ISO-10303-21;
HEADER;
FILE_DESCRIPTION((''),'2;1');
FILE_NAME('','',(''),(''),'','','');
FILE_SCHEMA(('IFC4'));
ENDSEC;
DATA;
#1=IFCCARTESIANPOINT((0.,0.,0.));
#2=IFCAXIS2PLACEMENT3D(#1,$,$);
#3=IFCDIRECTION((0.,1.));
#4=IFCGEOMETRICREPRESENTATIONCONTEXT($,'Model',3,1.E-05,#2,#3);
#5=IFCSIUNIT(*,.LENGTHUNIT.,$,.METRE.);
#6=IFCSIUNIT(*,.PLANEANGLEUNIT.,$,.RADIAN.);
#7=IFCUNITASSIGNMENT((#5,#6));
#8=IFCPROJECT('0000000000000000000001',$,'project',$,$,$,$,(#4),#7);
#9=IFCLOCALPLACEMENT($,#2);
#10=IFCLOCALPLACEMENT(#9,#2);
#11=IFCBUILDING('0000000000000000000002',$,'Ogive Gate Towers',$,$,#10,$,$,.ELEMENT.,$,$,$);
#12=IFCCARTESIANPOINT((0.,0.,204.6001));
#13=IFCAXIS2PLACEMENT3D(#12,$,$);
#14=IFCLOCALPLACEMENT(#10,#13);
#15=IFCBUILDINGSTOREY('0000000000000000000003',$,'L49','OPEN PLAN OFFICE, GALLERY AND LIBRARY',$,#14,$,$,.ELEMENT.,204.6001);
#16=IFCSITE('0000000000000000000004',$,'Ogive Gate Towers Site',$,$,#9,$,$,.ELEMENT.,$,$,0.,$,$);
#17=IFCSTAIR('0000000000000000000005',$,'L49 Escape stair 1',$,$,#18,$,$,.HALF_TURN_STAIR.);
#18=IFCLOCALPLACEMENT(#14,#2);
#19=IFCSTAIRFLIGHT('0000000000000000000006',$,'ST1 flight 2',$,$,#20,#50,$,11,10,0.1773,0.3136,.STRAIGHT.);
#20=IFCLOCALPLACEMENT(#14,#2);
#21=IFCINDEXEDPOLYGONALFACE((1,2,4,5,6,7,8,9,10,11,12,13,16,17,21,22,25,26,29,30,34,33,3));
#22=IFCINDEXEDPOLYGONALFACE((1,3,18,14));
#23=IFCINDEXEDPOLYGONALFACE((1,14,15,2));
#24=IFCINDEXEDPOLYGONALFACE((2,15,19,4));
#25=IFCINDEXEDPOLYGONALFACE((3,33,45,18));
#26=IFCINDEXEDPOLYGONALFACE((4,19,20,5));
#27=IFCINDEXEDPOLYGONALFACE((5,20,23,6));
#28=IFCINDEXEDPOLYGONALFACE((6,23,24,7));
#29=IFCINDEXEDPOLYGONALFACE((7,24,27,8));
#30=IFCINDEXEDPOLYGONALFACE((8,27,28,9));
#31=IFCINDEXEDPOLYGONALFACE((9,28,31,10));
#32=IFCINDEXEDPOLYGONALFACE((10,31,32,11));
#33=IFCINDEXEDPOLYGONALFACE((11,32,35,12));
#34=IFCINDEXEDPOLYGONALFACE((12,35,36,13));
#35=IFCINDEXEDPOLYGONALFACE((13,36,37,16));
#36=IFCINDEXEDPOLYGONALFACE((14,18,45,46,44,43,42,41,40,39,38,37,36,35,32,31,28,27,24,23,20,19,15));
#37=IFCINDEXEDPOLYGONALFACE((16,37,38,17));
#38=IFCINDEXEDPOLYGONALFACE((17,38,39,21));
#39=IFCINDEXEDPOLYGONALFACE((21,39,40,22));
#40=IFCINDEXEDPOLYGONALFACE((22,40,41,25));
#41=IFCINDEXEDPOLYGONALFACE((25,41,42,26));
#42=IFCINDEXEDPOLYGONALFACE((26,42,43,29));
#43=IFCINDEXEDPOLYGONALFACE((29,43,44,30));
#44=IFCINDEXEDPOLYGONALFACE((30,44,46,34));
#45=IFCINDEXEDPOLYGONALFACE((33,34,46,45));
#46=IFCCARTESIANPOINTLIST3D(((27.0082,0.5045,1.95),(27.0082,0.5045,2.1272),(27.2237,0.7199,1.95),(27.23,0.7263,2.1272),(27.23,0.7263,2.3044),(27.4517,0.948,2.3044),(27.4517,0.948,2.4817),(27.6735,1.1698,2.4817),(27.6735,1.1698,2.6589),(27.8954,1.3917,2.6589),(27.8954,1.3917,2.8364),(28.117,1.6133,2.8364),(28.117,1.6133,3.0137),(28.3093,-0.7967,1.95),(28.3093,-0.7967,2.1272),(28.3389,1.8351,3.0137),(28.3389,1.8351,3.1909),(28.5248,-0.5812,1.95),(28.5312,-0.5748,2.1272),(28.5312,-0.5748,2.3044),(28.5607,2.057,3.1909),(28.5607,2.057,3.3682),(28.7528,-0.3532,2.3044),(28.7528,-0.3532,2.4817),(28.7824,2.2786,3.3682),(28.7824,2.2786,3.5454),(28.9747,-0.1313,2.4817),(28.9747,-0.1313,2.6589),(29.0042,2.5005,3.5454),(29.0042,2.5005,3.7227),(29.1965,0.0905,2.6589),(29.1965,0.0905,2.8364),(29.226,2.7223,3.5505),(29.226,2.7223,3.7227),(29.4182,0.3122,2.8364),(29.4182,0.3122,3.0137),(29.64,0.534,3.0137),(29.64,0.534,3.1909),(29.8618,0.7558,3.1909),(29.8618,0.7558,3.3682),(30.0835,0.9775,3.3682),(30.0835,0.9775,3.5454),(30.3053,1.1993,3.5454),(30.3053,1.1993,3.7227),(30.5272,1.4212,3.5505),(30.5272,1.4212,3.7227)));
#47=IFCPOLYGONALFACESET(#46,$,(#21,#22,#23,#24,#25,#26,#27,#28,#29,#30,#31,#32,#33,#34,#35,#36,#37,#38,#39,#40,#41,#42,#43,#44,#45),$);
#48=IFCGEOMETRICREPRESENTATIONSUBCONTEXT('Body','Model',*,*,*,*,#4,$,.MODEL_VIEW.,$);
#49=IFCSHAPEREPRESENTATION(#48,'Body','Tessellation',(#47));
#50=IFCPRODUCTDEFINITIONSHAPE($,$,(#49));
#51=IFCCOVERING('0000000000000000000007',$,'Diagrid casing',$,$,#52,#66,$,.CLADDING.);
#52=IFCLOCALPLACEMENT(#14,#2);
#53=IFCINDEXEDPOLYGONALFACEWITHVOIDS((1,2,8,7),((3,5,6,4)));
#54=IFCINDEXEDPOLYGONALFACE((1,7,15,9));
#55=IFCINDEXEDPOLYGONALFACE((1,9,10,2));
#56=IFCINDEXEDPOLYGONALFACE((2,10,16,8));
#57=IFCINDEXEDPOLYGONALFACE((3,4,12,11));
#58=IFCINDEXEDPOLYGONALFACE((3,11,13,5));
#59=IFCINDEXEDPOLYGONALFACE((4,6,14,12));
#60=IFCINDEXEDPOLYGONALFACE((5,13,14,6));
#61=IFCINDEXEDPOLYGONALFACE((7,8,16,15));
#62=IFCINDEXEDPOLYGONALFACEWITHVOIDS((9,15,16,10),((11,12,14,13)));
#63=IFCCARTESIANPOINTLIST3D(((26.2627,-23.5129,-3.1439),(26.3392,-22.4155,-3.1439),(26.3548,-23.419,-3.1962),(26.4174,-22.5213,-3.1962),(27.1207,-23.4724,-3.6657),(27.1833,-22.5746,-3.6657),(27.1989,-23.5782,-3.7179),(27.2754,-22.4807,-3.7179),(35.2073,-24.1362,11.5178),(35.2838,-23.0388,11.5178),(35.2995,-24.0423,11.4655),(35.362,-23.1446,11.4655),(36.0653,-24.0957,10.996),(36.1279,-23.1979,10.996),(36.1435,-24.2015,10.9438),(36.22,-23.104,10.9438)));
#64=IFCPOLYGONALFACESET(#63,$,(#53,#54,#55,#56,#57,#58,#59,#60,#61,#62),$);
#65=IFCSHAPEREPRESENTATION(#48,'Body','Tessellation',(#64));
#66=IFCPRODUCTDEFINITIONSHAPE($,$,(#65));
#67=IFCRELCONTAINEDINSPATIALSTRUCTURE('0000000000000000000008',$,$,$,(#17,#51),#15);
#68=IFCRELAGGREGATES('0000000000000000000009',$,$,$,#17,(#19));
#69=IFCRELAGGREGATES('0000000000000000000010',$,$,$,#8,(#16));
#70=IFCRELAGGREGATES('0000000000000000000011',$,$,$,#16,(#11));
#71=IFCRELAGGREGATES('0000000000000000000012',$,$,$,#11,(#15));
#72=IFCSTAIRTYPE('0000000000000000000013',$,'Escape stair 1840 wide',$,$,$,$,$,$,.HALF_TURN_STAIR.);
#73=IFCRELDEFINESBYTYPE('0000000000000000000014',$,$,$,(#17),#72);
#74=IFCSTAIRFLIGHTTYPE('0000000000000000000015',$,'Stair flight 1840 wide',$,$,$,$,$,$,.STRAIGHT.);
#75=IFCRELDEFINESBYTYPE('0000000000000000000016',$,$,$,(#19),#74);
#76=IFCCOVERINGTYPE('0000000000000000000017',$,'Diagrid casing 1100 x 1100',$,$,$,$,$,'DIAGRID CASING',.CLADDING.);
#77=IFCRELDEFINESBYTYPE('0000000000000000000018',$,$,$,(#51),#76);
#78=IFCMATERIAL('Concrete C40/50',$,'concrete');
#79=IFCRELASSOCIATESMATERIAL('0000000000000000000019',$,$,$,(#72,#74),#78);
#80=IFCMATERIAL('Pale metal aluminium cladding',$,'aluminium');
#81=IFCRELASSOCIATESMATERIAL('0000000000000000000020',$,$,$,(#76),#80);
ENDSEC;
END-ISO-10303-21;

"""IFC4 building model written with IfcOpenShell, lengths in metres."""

from ifc_helpers import new_model, si_unit, direction, frame, origin, origin_2d, place, context, subcontext, project, spatial, polyline, hollow_rectangle, outline, extrude, material, material_profile, profile_set, type_object, element, aggregate, save


model = new_model("IFC4")

# Units and contexts
model_context = context("Model", 3, precision=1e-05, world=origin(), true_north=direction((0.0, 1.0)))
body_context = subcontext(model_context, "Body", "Model", "MODEL_VIEW")
ifc_project = project(units=[si_unit("LENGTHUNIT", "METRE"), si_unit("PLANEANGLEUNIT", "RADIAN")], contexts=[model_context])

# Site, building, storey
site_placement = place(None, origin())
site = spatial("IfcSite", under=ifc_project, at=site_placement, Name="Ogive Gate Towers Site", CompositionType="ELEMENT", RefElevation=0.0)
building_placement = place(site_placement, origin())
building = spatial("IfcBuilding", under=site, at=building_placement, Name="Ogive Gate Towers", CompositionType="ELEMENT")
storey_placement = place(building_placement, frame((0.0, 0.0, 204.6001)))
storey = spatial("IfcBuildingStorey", under=building, at=storey_placement, Name="L49", Description="OPEN PLAN OFFICE, GALLERY AND LIBRARY", CompositionType="ELEMENT", Elevation=204.6001)

# Stair, stair flight
ifc_material_1 = material(Name="Concrete C40/50", Category="concrete")
stair_type = type_object("IfcStairType", Name="Escape stair 1840 wide", PredefinedType="HALF_TURN_STAIR", material=ifc_material_1)
stair_placement = place(storey_placement, origin())
stair = element("IfcStair", 1, at=stair_placement, inside=storey, type_object=stair_type, Name="L49 Escape stair 1", PredefinedType="HALF_TURN_STAIR")
stair_flight_type = type_object("IfcStairFlightType", Name="Stair flight 1840 wide", PredefinedType="STRAIGHT", material=ifc_material_1)
stair_flight_placement = place(storey_placement, frame((27.6587, -0.146, 1.95), z_axis=(0.0, 0.0, 1.0), x_axis=(0.707107, 0.707107, 0.0)))
stair_flight = element("IfcStairFlight", 2, at=stair_flight_placement, type_object=stair_flight_type, Name="ST1 flight 2", NumberOfRisers=11, NumberOfTreads=10, PredefinedType="STRAIGHT", RiserHeight=0.1773, TreadLength=0.3136, context=body_context, shape_type="SweptSolid", body=[
    extrude(outline(polyline([(0.0, 0.0), (0.0, 0.1772), (0.3137, 0.1772), (0.3137, 0.3545), (0.6272, 0.3545), (0.6272, 0.5317), (0.9409, 0.5317), (0.9409, 0.709), (1.2546, 0.709), (1.2546, 0.8865), (1.5681, 0.8865), (1.5681, 1.0637), (1.8818, 1.0637), (1.8818, 1.241), (2.1956, 1.241), (2.1956, 1.4182), (2.509, 1.4182), (2.509, 1.5955), (2.8228, 1.5955), (2.8228, 1.7727), (3.1365, 1.7727), (3.1365, 1.95), (3.1365, 1.6006), (0.3047, 0.0), (0.0, 0.0)])), frame((0.0, 0.9199, 0.0), z_axis=(0.0, -1.0, 0.0), x_axis=(1.0, 0.0, 0.0)), (0.0, 0.0, 1.0), 1.8401),
])
aggregate(stair, [stair_flight])

# Covering
ifc_material_2 = material(Name="Pale metal aluminium cladding", Category="aluminium")
ifc_material_profile_1 = material_profile(ifc_material_2, hollow_rectangle(XDim=1.1001, YDim=1.1001, WallThickness=0.1001, at=origin_2d()), Name="1100 x 1100 pale metal casing")
ifc_profile_set_1 = profile_set([ifc_material_profile_1], Name="Pale metal aluminium cladding")
covering_type = type_object("IfcCoveringType", Name="Diagrid casing 1100 x 1100", ElementType="DIAGRID CASING", PredefinedType="CLADDING", material=ifc_profile_set_1)
covering_placement = place(storey_placement, frame((26.769, -22.9968, -3.4309), z_axis=(0.520459, -0.036267, 0.853116), x_axis=(0.069515, 0.997581, 0.0)))
element("IfcCovering", 3, at=covering_placement, inside=storey, type_object=covering_type, Name="Diagrid casing", PredefinedType="CLADDING", context=body_context, shape_type="SweptSolid", body=[
    extrude(hollow_rectangle(XDim=1.1001, YDim=1.1001, WallThickness=0.1001, at=origin_2d()), origin(), (0.0, 0.0, 1.0), 17.186),
])

save(model, "model.ifc")
